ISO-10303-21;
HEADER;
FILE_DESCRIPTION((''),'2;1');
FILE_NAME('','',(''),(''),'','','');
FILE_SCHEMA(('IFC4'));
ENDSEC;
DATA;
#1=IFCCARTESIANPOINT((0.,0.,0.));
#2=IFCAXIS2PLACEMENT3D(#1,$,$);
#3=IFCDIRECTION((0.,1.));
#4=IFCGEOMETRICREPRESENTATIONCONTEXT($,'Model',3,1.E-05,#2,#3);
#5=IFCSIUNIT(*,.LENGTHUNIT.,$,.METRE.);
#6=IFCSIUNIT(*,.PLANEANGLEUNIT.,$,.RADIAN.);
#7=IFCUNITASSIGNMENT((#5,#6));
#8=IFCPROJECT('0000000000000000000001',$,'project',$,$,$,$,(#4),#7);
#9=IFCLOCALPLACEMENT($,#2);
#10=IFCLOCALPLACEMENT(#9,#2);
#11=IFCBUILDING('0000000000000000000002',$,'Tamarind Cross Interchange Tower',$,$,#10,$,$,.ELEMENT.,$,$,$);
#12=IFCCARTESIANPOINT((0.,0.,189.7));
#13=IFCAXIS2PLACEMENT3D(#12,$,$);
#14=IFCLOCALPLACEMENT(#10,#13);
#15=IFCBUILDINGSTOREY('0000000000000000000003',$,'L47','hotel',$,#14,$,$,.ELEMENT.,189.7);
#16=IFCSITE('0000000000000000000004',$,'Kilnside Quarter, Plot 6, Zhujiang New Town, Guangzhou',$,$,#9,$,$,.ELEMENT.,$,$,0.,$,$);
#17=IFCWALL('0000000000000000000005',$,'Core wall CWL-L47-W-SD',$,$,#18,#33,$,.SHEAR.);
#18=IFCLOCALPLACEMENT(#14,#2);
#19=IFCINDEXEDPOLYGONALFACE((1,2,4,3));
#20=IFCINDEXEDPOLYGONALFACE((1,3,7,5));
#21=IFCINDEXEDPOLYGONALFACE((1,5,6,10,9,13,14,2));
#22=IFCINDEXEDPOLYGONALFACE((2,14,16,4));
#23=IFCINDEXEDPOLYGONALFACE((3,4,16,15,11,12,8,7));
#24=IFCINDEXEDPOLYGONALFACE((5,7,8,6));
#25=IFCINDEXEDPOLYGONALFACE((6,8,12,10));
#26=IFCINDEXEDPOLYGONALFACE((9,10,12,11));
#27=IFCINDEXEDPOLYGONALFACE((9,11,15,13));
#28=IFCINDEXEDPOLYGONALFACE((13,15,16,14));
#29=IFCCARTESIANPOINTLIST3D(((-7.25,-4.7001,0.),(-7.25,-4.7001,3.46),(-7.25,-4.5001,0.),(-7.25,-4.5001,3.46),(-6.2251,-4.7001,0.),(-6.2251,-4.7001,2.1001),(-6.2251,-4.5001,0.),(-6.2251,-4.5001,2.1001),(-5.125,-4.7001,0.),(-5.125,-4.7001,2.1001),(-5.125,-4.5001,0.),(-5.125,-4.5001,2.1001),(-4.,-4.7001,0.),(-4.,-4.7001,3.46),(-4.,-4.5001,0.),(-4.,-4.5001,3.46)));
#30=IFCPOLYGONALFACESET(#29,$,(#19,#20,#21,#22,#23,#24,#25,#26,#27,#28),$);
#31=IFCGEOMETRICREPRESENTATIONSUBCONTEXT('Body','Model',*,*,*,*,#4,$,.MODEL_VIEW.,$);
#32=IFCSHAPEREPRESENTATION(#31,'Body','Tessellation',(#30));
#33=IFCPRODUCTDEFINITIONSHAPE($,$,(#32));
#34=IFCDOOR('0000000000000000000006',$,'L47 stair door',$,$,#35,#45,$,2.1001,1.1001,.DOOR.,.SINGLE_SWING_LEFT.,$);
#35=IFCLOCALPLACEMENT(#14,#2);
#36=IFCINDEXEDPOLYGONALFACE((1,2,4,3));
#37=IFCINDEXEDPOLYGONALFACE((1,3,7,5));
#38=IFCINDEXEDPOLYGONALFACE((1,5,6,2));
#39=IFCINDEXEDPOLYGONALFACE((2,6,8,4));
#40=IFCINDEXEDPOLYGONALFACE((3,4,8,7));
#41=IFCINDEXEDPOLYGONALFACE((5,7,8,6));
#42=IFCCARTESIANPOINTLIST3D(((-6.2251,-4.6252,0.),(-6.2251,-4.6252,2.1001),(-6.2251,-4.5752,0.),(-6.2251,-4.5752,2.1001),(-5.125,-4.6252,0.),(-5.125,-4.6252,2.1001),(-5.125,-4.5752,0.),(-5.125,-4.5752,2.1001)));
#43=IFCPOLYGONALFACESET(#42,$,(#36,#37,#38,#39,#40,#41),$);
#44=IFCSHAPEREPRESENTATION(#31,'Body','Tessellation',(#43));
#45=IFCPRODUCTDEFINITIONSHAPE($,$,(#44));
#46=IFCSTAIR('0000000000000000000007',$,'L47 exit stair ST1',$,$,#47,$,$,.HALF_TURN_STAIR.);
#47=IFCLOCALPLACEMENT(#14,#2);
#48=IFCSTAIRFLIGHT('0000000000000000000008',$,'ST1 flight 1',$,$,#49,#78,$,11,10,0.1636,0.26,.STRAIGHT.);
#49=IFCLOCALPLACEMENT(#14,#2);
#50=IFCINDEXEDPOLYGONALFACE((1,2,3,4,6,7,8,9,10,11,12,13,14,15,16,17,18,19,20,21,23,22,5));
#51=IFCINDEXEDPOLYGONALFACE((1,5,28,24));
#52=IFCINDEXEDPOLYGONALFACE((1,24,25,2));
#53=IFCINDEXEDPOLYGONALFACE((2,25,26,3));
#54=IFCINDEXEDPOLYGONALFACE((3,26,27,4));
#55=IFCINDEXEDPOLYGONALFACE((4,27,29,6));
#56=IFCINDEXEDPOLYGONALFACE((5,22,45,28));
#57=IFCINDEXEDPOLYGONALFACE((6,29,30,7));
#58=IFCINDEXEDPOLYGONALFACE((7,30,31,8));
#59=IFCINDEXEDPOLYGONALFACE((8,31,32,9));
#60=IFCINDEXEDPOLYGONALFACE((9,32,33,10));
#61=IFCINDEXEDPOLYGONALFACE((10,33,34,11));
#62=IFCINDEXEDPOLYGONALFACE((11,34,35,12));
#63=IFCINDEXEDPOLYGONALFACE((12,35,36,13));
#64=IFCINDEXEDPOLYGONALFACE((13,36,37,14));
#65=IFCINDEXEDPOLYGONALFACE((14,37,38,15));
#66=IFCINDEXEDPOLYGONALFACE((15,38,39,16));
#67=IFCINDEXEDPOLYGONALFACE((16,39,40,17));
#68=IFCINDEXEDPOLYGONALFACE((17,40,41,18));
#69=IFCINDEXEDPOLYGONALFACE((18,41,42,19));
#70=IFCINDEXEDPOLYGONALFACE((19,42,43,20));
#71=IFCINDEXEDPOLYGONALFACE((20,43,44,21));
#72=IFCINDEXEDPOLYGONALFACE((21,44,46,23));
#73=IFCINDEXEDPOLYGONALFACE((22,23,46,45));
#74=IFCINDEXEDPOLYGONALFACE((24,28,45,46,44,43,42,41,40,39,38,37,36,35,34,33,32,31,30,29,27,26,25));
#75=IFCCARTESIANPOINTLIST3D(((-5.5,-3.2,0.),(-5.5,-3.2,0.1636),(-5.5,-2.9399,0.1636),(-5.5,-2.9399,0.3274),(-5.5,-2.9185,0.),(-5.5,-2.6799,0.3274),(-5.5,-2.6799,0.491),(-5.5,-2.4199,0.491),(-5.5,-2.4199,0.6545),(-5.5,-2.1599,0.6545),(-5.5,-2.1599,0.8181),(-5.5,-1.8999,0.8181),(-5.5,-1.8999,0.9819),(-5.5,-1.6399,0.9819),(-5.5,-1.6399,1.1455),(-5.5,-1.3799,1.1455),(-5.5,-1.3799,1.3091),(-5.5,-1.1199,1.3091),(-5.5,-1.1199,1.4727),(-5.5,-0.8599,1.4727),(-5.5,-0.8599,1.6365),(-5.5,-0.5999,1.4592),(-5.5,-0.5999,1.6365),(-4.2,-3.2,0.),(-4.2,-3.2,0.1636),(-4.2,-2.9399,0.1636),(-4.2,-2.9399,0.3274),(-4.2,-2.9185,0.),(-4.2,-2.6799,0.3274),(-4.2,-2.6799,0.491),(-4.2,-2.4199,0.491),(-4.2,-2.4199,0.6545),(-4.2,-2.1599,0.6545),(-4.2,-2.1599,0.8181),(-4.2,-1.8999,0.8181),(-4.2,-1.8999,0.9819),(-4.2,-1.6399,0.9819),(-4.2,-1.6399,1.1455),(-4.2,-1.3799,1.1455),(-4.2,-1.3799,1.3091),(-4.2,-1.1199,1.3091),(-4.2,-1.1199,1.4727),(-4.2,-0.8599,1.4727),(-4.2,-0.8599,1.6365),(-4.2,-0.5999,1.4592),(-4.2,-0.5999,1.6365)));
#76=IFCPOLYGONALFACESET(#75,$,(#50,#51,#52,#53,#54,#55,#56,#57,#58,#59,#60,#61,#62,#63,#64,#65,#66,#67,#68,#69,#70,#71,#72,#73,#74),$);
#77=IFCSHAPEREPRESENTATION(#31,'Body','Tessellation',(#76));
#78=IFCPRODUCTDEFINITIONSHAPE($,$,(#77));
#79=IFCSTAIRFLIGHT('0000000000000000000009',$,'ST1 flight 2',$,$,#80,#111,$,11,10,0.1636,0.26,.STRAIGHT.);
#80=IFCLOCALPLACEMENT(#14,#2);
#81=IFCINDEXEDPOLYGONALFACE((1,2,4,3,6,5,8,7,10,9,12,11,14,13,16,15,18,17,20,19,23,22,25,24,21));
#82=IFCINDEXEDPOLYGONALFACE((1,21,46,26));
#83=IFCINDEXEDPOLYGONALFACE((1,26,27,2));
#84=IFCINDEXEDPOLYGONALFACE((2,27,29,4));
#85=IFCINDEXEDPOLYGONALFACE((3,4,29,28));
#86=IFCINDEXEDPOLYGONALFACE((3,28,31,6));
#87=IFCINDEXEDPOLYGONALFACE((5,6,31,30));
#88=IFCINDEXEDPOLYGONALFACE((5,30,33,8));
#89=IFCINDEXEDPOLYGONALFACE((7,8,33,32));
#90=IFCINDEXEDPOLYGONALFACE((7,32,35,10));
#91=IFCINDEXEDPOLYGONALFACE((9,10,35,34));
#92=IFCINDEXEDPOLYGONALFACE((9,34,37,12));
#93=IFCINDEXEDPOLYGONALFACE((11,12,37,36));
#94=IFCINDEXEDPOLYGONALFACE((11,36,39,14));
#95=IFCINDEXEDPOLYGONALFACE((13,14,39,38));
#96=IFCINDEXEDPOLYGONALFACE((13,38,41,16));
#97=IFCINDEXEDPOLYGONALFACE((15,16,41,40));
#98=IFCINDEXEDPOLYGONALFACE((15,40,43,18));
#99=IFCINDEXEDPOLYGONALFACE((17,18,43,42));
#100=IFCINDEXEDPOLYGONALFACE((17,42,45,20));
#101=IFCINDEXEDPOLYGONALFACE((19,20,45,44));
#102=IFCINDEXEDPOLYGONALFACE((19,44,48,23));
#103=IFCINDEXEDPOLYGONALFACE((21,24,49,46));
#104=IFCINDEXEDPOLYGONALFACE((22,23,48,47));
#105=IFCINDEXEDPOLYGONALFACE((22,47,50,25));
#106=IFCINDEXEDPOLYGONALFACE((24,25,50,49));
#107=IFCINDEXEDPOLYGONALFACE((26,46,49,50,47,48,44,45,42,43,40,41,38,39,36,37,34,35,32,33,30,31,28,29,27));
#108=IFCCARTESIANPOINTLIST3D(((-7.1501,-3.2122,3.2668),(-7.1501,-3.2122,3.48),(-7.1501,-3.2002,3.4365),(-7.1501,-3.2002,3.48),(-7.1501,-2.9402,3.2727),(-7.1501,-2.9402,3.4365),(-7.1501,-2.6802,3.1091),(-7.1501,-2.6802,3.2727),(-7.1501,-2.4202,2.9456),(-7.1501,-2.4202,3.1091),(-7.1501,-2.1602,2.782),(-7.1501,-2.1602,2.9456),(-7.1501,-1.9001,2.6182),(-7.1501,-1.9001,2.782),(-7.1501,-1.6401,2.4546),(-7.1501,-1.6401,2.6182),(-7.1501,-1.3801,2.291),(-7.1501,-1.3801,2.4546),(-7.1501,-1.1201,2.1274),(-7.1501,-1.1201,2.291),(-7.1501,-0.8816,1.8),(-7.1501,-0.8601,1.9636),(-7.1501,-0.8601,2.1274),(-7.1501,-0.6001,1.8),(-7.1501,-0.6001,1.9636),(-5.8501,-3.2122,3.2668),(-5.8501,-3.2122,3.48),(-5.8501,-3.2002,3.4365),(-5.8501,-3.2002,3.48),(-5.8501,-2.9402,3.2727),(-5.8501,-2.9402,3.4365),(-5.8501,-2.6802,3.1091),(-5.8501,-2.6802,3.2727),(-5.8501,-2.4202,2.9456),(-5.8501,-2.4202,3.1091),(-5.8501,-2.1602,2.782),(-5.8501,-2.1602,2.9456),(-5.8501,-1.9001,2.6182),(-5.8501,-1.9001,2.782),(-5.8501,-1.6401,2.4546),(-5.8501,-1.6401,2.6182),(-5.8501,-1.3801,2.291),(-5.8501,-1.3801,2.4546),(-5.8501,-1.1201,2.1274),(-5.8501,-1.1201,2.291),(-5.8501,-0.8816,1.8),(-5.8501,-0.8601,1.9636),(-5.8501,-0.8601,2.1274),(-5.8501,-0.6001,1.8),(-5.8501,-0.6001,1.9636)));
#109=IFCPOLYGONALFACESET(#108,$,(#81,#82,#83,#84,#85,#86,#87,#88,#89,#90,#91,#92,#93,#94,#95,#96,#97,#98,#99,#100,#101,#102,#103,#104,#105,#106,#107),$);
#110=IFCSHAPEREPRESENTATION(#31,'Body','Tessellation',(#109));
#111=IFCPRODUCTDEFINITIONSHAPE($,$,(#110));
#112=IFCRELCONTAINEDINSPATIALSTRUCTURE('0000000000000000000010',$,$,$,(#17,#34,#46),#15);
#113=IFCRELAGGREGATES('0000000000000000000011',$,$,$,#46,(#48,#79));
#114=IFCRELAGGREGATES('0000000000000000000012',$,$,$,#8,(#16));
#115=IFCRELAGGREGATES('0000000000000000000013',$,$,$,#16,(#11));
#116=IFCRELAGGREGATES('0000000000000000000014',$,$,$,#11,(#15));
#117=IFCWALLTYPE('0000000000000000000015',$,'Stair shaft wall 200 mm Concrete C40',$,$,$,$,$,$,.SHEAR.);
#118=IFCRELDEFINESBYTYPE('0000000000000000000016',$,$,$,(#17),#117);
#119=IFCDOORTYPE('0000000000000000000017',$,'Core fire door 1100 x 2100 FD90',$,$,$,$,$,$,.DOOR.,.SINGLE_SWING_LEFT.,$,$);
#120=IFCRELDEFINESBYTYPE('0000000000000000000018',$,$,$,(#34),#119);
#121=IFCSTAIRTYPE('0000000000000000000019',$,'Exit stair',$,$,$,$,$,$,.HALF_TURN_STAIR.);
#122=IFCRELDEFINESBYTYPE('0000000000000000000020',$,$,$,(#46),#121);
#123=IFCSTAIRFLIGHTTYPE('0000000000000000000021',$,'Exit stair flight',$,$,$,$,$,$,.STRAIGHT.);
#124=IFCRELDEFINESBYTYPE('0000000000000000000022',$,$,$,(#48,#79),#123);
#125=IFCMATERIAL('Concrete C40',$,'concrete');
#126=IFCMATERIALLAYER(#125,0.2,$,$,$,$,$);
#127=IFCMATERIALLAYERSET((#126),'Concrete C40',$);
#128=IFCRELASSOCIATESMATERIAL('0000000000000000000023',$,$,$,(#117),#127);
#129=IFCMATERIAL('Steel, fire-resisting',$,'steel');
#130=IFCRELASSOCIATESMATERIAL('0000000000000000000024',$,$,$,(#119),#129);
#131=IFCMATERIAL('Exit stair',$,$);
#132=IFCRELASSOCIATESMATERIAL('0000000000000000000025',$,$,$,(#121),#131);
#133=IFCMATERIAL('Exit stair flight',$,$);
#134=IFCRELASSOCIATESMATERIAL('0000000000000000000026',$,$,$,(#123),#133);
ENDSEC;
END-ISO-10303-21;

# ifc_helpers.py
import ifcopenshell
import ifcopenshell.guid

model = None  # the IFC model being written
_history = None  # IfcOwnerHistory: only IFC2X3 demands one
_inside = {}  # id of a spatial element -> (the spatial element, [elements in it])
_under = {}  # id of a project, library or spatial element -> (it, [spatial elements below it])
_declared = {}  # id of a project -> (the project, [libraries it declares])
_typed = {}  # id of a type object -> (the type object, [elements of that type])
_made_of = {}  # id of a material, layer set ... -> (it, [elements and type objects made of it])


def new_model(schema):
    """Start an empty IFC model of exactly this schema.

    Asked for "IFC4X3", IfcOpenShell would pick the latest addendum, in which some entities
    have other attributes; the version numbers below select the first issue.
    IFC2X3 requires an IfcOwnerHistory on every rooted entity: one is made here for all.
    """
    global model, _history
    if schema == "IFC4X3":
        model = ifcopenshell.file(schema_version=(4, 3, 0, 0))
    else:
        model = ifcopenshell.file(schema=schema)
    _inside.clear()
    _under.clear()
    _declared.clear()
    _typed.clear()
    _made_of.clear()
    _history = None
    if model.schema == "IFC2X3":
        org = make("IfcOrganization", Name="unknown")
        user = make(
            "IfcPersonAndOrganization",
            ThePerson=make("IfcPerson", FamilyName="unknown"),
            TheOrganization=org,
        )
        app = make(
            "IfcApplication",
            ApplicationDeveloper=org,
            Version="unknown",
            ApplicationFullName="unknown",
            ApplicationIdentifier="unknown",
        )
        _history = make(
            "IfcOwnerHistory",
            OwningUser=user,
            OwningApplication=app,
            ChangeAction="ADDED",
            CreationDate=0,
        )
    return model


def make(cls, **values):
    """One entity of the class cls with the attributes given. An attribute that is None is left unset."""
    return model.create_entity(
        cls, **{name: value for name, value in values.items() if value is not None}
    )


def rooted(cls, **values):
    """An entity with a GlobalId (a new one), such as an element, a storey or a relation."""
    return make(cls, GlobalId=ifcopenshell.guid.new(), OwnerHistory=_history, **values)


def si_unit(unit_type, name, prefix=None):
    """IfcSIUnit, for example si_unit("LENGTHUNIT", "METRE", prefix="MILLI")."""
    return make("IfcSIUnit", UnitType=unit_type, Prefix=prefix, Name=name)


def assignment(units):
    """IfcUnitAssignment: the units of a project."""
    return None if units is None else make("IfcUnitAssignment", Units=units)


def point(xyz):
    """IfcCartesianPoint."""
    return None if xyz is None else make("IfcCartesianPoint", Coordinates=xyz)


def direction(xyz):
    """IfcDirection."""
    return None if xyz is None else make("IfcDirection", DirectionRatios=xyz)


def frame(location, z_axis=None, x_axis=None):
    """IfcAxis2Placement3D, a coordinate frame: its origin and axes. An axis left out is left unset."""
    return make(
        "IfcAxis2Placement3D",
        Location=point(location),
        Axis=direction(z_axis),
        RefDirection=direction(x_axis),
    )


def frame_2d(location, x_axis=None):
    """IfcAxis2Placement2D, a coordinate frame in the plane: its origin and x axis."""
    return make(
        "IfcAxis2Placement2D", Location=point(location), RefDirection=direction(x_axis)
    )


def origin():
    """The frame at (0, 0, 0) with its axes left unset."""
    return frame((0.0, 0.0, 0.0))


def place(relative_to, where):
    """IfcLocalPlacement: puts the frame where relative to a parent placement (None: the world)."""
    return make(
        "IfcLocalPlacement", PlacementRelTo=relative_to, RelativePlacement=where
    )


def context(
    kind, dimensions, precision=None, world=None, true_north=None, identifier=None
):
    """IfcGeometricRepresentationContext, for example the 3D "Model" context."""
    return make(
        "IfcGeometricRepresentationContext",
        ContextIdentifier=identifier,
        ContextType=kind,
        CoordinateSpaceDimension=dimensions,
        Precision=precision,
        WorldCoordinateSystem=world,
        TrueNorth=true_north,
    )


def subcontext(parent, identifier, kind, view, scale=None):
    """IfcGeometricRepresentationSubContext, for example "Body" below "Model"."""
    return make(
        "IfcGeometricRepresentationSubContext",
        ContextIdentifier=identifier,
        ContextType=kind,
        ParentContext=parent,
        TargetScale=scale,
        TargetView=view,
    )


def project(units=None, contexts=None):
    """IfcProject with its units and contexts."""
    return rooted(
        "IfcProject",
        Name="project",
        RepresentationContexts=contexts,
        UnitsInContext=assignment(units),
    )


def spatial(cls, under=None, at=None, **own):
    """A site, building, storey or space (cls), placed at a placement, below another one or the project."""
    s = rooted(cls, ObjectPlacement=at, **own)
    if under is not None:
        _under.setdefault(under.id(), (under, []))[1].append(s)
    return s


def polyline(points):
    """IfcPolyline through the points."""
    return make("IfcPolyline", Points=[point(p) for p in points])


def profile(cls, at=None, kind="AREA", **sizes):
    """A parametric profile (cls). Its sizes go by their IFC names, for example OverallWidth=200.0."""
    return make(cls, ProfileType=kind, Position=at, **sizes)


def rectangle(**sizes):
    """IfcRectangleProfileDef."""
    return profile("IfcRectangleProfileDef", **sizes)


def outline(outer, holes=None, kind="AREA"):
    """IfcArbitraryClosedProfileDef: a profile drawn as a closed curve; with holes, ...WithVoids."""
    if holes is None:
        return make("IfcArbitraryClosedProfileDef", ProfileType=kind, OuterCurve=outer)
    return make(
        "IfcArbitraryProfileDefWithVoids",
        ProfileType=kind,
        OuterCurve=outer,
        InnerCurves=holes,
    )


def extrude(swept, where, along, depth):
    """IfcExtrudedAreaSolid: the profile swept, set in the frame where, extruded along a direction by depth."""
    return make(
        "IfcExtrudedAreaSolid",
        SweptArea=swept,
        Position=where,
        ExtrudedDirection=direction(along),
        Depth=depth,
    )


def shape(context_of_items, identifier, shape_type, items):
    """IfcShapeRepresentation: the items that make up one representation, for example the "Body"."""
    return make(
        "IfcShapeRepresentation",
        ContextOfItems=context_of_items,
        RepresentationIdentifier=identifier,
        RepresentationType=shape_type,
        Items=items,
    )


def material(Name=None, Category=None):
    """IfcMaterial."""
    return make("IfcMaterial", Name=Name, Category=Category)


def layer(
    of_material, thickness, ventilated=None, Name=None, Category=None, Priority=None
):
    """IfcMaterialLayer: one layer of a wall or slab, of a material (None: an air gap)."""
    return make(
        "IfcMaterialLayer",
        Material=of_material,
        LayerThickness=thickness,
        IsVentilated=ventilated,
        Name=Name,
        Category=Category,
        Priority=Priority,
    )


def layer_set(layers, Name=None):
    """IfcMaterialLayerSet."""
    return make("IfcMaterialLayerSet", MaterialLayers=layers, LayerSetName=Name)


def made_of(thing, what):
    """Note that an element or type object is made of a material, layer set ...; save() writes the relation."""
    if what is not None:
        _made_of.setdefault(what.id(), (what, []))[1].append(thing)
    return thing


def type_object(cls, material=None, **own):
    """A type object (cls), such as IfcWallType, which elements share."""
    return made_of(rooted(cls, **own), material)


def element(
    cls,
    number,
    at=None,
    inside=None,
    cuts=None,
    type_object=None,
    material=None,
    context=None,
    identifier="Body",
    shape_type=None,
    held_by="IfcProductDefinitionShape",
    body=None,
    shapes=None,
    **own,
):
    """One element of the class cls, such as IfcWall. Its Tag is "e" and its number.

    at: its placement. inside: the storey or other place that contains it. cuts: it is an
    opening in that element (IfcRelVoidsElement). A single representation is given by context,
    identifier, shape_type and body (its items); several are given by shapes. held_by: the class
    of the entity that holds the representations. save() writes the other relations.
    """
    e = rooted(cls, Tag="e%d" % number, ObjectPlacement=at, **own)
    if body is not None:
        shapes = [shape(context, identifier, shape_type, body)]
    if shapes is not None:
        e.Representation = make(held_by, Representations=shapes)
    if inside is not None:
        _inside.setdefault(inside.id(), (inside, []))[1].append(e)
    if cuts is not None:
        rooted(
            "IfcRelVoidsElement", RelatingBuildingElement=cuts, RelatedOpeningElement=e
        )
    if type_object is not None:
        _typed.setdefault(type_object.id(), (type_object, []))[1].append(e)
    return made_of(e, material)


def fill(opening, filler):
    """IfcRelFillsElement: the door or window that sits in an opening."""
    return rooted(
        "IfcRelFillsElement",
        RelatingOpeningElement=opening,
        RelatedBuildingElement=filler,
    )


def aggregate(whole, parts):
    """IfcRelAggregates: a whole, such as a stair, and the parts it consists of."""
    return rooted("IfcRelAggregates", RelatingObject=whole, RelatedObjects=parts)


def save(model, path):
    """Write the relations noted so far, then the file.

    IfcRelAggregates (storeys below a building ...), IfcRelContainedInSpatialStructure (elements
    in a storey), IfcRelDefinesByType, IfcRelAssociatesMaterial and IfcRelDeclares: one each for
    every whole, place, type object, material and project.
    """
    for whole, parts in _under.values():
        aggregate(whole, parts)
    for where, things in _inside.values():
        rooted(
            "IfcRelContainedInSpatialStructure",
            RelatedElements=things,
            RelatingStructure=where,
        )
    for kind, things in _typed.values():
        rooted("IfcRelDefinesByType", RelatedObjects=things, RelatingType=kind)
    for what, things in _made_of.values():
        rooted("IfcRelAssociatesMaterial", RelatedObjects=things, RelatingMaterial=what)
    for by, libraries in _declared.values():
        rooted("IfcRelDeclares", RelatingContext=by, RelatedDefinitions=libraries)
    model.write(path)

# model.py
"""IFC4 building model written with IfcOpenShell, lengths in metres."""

from ifc_helpers import new_model, si_unit, direction, frame, frame_2d, origin, place, context, subcontext, project, spatial, polyline, rectangle, outline, extrude, material, layer, layer_set, type_object, element, fill, aggregate, save


model = new_model("IFC4")

# Units and contexts
model_context = context("Model", 3, precision=1e-05, world=origin(), true_north=direction((0.0, 1.0)))
body_context = subcontext(model_context, "Body", "Model", "MODEL_VIEW")
ifc_project = project(units=[si_unit("LENGTHUNIT", "METRE"), si_unit("PLANEANGLEUNIT", "RADIAN")], contexts=[model_context])

# Site, building, storey
site_placement = place(None, origin())
site = spatial("IfcSite", under=ifc_project, at=site_placement, Name="Kilnside Quarter, Plot 6, Zhujiang New Town, Guangzhou", CompositionType="ELEMENT", RefElevation=0.0)
building_placement = place(site_placement, origin())
building = spatial("IfcBuilding", under=site, at=building_placement, Name="Tamarind Cross Interchange Tower", CompositionType="ELEMENT")
storey_placement = place(building_placement, frame((0.0, 0.0, 189.7)))
storey = spatial("IfcBuildingStorey", under=building, at=storey_placement, Name="L47", Description="hotel", CompositionType="ELEMENT", Elevation=189.7)

# Shared definitions
ifc_material_1 = material(Name="Steel, fire-resisting", Category="steel")

# Wall, opening, door
ifc_material_2 = material(Name="Concrete C40", Category="concrete")
ifc_layer_1 = layer(ifc_material_2, 0.2)
ifc_layer_set_1 = layer_set([ifc_layer_1], Name="Concrete C40")
wall_type_1 = type_object("IfcWallType", Name="Stair shaft wall 200 mm Concrete C40", PredefinedType="SHEAR", material=ifc_layer_set_1)
wall_1_placement = place(storey_placement, frame((-7.25, -4.6001, 0.0), z_axis=(0.0, 0.0, 1.0), x_axis=(1.0, 0.0, 0.0)))
wall_1 = element("IfcWall", 1, at=wall_1_placement, inside=storey, type_object=wall_type_1, Name="Core wall CWL-L47-W-SD", PredefinedType="SHEAR", context=body_context, shape_type="SweptSolid", body=[
    extrude(rectangle(XDim=3.25, YDim=0.2, at=frame_2d((1.625, 0.0))), origin(), (0.0, 0.0, 1.0), 3.46),
])
opening_1_placement = place(wall_1_placement, frame((1.0249, 0.0, 0.0)))
opening_1 = element("IfcOpeningElement", 2, at=opening_1_placement, cuts=wall_1, PredefinedType="OPENING", context=body_context, shape_type="SweptSolid", body=[
    extrude(rectangle(XDim=1.1001, YDim=2.1001, at=frame_2d((0.55, 1.05))), frame((0.0, 0.1099, 0.0), z_axis=(0.0, -1.0, 0.0), x_axis=(1.0, 0.0, 0.0)), (0.0, 0.0, 1.0), 0.22),
])
door_type_1 = type_object("IfcDoorType", Name="Core fire door 1100 x 2100 FD90", OperationType="SINGLE_SWING_LEFT", PredefinedType="DOOR", material=ifc_material_1)
door_1_placement = place(opening_1_placement, origin())
door_1 = element("IfcDoor", 3, at=door_1_placement, inside=storey, type_object=door_type_1, Name="L47 stair door", OperationType="SINGLE_SWING_LEFT", OverallHeight=2.1001, OverallWidth=1.1001, PredefinedType="DOOR", context=body_context, shape_type="SweptSolid", body=[
    extrude(rectangle(XDim=1.1001, YDim=2.1001, at=frame_2d((0.55, 1.05))), frame((0.0, 0.0249, 0.0), z_axis=(0.0, -1.0, 0.0), x_axis=(1.0, 0.0, 0.0)), (0.0, 0.0, 1.0), 0.05),
])
fill(opening_1, door_1)

# Stair, stair flights
ifc_material_3 = material(Name="Exit stair")
stair_type = type_object("IfcStairType", Name="Exit stair", PredefinedType="HALF_TURN_STAIR", material=ifc_material_3)
stair_placement = place(storey_placement, origin())
stair = element("IfcStair", 4, at=stair_placement, inside=storey, type_object=stair_type, Name="L47 exit stair ST1", PredefinedType="HALF_TURN_STAIR")
ifc_material_4 = material(Name="Exit stair flight")
stair_flight_type = type_object("IfcStairFlightType", Name="Exit stair flight", PredefinedType="STRAIGHT", material=ifc_material_4)
stair_flight_1_placement = place(storey_placement, frame((-4.8501, -3.2, 0.0), z_axis=(0.0, 0.0, 1.0), x_axis=(0.0, 1.0, 0.0)))
stair_flight_1 = element("IfcStairFlight", 5, at=stair_flight_1_placement, type_object=stair_flight_type, Name="ST1 flight 1", NumberOfRisers=11, NumberOfTreads=10, PredefinedType="STRAIGHT", RiserHeight=0.1636, TreadLength=0.26, context=body_context, shape_type="SweptSolid", body=[
    extrude(outline(polyline([(0.0, 0.0), (0.0, 0.1636), (0.26, 0.1636), (0.26, 0.3274), (0.52, 0.3274), (0.52, 0.491), (0.78, 0.491), (0.78, 0.6545), (1.04, 0.6545), (1.04, 0.8181), (1.3, 0.8181), (1.3, 0.9819), (1.5601, 0.9819), (1.5601, 1.1455), (1.8201, 1.1455), (1.8201, 1.3091), (2.0801, 1.3091), (2.0801, 1.4727), (2.3401, 1.4727), (2.3401, 1.6365), (2.6001, 1.6365), (2.6001, 1.8), (2.6001, 1.4592), (0.2815, 0.0), (0.0, 0.0)])), frame((0.0, 0.6499, 0.0), z_axis=(0.0, -1.0, 0.0), x_axis=(1.0, 0.0, 0.0)), (0.0, 0.0, 1.0), 1.3),
])
stair_flight_2_placement = place(storey_placement, frame((-6.5, -0.6001, 1.8), z_axis=(0.0, 0.0, 1.0), x_axis=(0.0, -1.0, 0.0)))
stair_flight_2 = element("IfcStairFlight", 6, at=stair_flight_2_placement, type_object=stair_flight_type, Name="ST1 flight 2", NumberOfRisers=11, NumberOfTreads=10, PredefinedType="STRAIGHT", RiserHeight=0.1636, TreadLength=0.26, context=body_context, shape_type="SweptSolid", body=[
    extrude(outline(polyline([(0.0, 0.0), (0.0, 0.1636), (0.26, 0.1636), (0.26, 0.3274), (0.52, 0.3274), (0.52, 0.491), (0.78, 0.491), (0.78, 0.6545), (1.04, 0.6545), (1.04, 0.8181), (1.3, 0.8181), (1.3, 0.9819), (1.5601, 0.9819), (1.5601, 1.1455), (1.8201, 1.1455), (1.8201, 1.3091), (2.0801, 1.3091), (2.0801, 1.4727), (2.3401, 1.4727), (2.3401, 1.6365), (2.6001, 1.6365), (2.6001, 1.6799), (2.6121, 1.6799), (2.6121, 1.4668), (0.2815, 0.0), (0.0, 0.0)])), frame((0.0, 0.6499, 0.0), z_axis=(0.0, -1.0, 0.0), x_axis=(1.0, 0.0, 0.0)), (0.0, 0.0, 1.0), 1.3),
])
aggregate(stair, [stair_flight_1, stair_flight_2])

save(model, "model.ifc")
